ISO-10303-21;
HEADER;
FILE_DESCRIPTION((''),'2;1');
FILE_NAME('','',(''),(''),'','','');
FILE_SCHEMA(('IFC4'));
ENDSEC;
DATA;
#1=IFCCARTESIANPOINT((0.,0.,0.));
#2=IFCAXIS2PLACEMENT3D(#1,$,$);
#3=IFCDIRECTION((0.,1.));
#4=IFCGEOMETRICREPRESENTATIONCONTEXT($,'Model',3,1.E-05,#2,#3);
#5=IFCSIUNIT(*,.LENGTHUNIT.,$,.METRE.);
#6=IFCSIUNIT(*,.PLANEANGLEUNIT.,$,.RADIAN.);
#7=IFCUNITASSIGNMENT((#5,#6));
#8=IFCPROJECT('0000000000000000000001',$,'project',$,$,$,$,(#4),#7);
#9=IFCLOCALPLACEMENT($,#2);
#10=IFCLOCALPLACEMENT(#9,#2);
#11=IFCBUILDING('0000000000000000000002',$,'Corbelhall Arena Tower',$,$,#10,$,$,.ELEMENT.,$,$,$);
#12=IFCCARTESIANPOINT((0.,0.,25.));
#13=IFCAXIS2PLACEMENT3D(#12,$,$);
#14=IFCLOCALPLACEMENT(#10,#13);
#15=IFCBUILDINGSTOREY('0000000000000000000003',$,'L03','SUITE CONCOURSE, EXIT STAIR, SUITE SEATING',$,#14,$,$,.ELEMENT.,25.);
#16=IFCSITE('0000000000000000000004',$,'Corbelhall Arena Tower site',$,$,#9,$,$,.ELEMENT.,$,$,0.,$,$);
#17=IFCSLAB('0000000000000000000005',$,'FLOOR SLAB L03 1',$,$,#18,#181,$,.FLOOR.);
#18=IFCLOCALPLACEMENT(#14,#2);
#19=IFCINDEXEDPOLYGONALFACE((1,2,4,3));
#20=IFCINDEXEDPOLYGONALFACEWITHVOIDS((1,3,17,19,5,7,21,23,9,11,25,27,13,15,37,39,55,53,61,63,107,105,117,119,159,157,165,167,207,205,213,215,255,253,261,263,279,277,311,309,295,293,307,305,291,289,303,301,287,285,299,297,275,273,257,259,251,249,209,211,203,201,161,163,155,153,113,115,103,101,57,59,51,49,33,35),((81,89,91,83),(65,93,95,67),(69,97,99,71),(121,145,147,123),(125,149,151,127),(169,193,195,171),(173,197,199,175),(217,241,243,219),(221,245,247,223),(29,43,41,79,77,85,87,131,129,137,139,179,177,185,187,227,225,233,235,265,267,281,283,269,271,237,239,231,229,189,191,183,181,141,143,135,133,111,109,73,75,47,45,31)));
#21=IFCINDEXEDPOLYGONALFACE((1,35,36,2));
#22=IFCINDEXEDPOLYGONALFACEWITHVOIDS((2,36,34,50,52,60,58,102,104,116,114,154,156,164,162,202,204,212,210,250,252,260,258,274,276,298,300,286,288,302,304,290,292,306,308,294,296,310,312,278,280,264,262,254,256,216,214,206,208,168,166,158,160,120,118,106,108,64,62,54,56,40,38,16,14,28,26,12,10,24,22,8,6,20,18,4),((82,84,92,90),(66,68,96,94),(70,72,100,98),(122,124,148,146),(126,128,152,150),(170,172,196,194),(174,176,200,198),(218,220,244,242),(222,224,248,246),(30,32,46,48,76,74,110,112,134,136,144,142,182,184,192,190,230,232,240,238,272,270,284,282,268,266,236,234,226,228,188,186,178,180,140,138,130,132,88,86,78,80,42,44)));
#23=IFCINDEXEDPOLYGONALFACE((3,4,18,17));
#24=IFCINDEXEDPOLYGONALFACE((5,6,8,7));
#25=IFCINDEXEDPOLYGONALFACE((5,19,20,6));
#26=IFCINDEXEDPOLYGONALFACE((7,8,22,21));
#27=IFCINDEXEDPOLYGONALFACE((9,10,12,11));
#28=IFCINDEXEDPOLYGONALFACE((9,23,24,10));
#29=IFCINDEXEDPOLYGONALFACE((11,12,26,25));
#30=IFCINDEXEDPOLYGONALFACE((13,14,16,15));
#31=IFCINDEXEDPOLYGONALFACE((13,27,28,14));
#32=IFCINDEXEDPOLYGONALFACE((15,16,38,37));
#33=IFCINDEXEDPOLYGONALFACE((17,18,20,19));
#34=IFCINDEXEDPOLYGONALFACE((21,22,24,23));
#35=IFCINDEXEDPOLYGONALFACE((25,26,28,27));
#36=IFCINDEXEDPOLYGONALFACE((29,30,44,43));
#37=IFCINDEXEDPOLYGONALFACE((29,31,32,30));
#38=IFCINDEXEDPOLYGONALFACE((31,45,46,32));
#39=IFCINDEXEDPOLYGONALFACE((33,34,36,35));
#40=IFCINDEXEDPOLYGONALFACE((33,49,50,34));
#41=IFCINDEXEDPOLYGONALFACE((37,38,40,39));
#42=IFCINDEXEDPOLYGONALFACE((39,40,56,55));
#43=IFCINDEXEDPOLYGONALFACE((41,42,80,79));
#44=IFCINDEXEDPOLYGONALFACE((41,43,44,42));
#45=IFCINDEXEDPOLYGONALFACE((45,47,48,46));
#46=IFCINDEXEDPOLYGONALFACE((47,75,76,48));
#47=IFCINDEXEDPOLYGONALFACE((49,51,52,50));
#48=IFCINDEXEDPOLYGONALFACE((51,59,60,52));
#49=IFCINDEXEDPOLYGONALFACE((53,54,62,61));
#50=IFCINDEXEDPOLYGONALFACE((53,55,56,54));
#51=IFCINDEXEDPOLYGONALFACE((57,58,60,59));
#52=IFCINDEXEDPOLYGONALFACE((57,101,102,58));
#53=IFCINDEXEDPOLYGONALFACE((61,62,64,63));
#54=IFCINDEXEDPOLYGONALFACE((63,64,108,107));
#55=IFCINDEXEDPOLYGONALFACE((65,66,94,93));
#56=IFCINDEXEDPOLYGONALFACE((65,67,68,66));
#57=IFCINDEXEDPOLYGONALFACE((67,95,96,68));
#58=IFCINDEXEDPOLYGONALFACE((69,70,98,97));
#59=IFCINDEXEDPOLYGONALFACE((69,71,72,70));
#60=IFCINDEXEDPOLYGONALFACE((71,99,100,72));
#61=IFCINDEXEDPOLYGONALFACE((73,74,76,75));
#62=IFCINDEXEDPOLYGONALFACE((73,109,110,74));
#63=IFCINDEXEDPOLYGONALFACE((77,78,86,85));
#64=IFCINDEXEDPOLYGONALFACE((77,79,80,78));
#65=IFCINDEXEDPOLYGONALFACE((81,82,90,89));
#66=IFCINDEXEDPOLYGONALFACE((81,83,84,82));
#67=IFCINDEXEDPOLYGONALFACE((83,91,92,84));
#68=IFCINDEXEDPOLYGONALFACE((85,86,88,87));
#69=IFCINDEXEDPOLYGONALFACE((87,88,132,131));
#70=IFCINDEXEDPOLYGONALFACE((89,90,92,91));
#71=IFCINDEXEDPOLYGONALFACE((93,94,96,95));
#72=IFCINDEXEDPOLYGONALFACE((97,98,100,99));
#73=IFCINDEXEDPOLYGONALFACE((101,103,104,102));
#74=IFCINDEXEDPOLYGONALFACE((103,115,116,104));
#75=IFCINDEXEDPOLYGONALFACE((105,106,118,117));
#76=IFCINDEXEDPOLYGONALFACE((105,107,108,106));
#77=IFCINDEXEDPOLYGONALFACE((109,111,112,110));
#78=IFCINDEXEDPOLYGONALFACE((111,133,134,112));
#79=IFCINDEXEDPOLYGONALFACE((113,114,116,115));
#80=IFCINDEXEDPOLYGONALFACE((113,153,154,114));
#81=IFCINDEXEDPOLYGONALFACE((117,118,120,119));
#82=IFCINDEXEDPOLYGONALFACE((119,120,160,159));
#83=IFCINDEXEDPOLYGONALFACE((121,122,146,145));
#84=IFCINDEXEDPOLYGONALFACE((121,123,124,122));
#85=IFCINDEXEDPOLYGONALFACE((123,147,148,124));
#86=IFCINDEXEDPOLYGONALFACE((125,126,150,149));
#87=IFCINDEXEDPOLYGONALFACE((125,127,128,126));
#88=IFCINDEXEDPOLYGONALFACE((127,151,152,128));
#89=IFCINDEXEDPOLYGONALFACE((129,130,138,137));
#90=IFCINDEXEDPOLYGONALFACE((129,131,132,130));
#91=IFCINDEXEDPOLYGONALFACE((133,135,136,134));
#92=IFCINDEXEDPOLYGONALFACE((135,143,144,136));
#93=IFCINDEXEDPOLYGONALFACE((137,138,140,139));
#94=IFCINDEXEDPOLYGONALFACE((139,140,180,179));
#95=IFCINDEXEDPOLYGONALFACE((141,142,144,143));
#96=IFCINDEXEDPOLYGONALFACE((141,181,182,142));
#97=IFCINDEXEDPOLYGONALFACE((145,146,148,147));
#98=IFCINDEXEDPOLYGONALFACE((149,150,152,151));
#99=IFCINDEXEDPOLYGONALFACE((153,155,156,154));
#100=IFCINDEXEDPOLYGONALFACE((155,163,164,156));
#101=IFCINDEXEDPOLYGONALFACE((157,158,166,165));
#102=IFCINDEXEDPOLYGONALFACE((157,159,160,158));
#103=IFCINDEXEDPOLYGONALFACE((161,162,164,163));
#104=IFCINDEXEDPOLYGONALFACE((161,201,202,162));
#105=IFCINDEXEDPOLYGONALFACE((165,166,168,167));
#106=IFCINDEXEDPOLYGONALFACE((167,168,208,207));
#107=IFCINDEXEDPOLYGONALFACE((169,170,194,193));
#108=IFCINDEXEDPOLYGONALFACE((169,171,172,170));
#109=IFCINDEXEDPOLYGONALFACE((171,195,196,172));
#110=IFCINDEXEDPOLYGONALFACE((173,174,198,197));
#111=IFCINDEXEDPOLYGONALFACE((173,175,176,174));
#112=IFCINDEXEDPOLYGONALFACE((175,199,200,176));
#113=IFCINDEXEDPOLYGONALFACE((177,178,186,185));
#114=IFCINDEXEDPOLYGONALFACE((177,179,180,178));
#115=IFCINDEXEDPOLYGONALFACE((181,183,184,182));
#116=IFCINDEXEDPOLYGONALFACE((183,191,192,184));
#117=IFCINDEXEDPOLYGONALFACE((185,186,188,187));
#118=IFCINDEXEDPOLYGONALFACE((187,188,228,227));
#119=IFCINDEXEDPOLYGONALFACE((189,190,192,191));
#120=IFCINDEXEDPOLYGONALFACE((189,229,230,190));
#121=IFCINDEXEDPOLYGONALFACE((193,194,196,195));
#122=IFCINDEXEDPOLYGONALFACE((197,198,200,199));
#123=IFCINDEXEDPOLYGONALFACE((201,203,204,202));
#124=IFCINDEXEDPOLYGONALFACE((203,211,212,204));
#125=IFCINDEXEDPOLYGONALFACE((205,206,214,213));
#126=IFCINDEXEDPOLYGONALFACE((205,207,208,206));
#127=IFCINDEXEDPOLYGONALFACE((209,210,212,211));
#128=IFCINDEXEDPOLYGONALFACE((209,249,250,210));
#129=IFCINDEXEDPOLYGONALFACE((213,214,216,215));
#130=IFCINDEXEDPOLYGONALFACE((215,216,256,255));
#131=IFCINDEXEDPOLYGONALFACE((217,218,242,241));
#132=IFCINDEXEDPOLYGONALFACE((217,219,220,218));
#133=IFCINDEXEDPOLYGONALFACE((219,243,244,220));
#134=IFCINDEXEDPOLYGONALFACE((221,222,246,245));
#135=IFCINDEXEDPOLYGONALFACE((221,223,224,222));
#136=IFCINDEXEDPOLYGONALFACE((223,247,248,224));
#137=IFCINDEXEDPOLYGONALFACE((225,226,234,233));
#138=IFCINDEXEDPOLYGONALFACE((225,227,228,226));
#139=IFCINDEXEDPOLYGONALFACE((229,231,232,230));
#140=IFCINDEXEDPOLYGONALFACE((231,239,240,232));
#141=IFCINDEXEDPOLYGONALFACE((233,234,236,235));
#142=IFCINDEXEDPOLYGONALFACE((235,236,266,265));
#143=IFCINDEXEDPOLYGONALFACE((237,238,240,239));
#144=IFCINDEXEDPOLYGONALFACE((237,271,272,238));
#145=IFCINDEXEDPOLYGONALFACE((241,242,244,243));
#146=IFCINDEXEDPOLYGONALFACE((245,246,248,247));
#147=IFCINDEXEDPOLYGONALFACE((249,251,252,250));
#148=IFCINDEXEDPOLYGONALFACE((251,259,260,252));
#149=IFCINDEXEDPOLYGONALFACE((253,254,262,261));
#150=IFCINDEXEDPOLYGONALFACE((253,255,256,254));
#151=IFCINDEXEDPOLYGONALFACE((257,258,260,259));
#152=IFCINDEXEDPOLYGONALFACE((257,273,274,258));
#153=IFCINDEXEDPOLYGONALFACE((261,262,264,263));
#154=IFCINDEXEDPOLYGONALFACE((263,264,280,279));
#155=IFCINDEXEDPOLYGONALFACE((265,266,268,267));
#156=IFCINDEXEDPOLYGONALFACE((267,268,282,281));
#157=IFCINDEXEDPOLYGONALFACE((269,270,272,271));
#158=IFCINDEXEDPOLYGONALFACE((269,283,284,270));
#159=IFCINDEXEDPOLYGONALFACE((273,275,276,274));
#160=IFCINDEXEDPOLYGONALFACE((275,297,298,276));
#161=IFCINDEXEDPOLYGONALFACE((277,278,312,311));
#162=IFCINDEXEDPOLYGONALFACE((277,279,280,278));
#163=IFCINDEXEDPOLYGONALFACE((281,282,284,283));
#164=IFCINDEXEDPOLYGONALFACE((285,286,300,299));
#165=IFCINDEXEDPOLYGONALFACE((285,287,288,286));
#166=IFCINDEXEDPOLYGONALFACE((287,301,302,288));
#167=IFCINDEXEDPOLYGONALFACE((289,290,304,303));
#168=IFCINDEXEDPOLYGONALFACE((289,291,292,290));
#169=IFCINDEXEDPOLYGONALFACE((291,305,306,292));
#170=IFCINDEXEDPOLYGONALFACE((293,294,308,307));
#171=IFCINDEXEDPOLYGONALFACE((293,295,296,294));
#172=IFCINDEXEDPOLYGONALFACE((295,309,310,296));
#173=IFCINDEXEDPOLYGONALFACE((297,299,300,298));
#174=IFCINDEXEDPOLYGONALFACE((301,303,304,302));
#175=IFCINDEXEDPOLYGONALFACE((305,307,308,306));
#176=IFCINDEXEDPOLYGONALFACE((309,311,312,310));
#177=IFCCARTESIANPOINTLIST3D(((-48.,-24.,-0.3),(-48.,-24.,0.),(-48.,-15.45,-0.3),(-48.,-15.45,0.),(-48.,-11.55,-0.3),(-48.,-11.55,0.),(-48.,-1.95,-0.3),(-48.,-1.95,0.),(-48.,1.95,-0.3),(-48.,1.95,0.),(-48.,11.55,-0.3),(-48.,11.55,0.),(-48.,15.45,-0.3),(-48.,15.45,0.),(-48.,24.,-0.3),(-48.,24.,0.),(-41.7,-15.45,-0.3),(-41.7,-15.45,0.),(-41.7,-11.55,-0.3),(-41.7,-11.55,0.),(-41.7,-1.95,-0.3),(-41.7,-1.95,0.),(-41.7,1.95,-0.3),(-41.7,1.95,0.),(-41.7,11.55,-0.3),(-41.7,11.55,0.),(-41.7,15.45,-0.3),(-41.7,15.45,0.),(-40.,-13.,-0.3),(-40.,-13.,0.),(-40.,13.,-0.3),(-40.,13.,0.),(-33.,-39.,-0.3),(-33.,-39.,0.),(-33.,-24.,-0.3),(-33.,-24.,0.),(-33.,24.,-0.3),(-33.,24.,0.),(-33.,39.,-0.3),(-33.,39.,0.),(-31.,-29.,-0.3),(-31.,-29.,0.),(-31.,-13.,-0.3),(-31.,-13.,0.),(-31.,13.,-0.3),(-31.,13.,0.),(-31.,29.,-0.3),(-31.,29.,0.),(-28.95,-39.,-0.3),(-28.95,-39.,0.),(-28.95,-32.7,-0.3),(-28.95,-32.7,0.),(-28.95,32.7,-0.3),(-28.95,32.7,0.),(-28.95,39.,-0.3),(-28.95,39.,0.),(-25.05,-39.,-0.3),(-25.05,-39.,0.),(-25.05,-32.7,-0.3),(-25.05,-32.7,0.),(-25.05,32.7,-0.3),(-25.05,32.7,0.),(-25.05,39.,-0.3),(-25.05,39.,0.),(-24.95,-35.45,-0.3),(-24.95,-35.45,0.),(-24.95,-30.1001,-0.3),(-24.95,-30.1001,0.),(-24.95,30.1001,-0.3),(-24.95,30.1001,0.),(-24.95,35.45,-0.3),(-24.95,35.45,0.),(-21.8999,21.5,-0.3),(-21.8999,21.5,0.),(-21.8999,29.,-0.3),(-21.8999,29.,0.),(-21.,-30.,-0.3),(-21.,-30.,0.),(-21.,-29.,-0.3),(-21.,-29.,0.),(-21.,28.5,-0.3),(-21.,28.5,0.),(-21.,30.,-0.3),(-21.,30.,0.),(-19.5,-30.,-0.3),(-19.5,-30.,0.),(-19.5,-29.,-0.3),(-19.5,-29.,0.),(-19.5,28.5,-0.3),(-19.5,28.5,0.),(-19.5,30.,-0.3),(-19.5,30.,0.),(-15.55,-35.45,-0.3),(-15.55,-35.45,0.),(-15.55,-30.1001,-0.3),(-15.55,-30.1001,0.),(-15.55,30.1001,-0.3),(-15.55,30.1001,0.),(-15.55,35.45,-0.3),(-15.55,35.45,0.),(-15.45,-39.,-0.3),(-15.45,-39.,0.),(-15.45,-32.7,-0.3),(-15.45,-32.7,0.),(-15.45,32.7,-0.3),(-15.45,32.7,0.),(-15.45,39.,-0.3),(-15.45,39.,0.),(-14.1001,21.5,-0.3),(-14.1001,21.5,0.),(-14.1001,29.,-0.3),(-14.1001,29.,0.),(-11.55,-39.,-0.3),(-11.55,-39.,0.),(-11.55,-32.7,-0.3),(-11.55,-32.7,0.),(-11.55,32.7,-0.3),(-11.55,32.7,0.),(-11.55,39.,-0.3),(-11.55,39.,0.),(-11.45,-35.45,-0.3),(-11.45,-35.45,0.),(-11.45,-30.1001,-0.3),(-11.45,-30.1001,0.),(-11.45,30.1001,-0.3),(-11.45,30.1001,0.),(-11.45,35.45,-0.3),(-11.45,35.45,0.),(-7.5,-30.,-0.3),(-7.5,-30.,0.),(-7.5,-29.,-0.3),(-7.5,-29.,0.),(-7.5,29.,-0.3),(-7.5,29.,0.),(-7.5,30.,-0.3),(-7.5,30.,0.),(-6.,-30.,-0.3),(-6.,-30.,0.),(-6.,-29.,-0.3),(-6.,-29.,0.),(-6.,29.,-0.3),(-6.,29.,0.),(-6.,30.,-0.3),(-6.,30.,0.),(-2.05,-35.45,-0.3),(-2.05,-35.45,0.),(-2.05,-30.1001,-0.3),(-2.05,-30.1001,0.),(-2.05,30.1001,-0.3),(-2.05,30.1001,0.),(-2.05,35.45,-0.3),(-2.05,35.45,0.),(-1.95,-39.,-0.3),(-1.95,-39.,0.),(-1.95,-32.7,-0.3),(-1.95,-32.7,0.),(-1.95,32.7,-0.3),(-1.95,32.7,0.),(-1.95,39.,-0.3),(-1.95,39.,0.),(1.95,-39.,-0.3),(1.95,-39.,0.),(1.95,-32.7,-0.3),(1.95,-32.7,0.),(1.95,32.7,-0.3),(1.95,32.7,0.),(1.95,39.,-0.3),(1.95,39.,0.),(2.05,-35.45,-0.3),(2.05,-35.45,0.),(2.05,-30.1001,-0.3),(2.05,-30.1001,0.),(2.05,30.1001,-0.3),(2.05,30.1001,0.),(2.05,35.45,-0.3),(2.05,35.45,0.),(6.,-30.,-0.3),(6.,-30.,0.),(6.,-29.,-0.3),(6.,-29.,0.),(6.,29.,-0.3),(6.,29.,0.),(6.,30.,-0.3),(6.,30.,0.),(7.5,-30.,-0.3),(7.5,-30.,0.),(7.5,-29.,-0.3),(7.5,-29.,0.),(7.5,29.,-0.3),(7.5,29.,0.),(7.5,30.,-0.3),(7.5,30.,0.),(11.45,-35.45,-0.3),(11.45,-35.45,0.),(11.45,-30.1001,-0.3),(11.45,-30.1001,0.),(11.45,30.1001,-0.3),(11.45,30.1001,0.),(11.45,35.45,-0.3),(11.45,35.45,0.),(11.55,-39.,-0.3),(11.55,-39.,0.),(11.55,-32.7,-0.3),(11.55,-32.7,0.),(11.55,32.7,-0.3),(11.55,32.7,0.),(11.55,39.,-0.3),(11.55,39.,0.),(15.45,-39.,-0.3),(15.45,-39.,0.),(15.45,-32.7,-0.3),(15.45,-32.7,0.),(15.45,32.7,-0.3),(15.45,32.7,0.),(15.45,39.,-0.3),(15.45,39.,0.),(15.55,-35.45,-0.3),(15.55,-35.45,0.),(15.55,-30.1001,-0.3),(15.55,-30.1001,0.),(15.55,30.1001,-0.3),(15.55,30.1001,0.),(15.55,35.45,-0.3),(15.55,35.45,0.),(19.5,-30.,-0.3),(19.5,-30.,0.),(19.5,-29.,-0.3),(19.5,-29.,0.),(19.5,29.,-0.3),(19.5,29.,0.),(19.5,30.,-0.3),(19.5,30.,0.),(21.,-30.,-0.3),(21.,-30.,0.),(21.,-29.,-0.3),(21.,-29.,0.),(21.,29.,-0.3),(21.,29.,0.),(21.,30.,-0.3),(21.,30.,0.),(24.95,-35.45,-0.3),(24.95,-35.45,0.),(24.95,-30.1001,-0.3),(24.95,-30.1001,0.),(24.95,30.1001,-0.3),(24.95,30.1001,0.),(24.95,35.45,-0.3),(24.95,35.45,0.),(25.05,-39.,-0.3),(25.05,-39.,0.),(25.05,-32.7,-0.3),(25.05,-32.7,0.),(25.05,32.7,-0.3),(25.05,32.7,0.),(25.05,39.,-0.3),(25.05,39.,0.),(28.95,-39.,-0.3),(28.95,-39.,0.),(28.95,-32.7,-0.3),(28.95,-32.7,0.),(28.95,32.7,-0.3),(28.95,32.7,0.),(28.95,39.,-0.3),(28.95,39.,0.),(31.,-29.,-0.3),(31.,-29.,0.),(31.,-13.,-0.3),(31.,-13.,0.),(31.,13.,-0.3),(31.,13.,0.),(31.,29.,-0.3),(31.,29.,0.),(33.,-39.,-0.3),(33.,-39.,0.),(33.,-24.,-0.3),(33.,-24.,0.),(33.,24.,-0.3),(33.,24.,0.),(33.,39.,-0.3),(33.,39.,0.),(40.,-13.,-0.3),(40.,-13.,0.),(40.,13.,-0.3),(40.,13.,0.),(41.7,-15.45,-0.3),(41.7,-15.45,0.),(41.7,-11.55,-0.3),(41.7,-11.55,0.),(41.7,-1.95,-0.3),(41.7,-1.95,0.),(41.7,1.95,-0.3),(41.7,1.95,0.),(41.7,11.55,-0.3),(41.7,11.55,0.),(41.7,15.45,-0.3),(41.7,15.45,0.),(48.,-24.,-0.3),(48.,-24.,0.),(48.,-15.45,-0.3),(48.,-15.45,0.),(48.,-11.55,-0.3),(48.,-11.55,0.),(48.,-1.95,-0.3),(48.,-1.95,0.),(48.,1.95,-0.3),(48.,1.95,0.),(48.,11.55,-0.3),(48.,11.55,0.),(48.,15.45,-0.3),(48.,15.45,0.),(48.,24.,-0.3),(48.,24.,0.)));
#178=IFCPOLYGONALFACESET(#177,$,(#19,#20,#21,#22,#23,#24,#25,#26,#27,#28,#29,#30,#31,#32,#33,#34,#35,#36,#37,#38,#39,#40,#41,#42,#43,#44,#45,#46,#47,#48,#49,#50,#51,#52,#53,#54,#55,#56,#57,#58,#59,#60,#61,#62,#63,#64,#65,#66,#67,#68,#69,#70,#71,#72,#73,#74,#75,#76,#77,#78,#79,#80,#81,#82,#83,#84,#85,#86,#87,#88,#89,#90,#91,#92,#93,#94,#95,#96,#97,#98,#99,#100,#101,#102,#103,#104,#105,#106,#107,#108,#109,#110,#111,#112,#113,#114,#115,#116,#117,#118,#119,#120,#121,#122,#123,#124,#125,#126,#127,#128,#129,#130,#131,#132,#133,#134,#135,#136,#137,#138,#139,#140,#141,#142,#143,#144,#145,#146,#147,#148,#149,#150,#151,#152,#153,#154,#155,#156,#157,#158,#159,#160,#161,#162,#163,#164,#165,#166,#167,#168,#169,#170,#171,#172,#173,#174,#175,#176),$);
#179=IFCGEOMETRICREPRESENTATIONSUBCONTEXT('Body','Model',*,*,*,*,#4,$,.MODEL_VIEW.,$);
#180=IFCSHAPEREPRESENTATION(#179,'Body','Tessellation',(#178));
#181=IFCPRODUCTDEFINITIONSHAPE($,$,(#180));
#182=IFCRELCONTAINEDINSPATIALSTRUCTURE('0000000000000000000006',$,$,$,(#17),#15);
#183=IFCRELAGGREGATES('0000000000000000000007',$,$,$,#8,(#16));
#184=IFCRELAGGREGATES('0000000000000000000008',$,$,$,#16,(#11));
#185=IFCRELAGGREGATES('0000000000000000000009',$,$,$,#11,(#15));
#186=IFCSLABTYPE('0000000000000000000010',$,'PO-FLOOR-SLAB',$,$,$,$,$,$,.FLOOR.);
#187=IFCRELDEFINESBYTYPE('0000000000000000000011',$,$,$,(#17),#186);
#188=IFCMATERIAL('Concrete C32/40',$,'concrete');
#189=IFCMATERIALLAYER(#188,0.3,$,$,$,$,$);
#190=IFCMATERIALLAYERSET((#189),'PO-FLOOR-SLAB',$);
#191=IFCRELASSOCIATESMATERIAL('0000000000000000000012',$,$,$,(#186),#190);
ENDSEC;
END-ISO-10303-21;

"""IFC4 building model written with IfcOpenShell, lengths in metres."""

from ifc_helpers import new_model, si_unit, direction, frame, origin, place, context, subcontext, project, spatial, polyline, outline, extrude, material, layer, layer_set, type_object, element, save


model = new_model("IFC4")

# Units and contexts
model_context = context("Model", 3, precision=1e-05, world=origin(), true_north=direction((0.0, 1.0)))
body_context = subcontext(model_context, "Body", "Model", "MODEL_VIEW")
ifc_project = project(units=[si_unit("LENGTHUNIT", "METRE"), si_unit("PLANEANGLEUNIT", "RADIAN")], contexts=[model_context])

# Site, building, storey
site_placement = place(None, origin())
site = spatial("IfcSite", under=ifc_project, at=site_placement, Name="Corbelhall Arena Tower site", CompositionType="ELEMENT", RefElevation=0.0)
building_placement = place(site_placement, origin())
building = spatial("IfcBuilding", under=site, at=building_placement, Name="Corbelhall Arena Tower", CompositionType="ELEMENT")
storey_placement = place(building_placement, frame((0.0, 0.0, 25.0)))
storey = spatial("IfcBuildingStorey", under=building, at=storey_placement, Name="L03", Description="SUITE CONCOURSE, EXIT STAIR, SUITE SEATING", CompositionType="ELEMENT", Elevation=25.0)

# Slab
ifc_material_1 = material(Name="Concrete C32/40", Category="concrete")
ifc_layer_1 = layer(ifc_material_1, 0.3)
ifc_layer_set_1 = layer_set([ifc_layer_1], Name="PO-FLOOR-SLAB")
slab_type_1 = type_object("IfcSlabType", Name="PO-FLOOR-SLAB", PredefinedType="FLOOR", material=ifc_layer_set_1)
slab_1_placement = place(storey_placement, frame((0.0, 0.0, -0.3)))
element("IfcSlab", 1, at=slab_1_placement, inside=storey, type_object=slab_type_1, Name="FLOOR SLAB L03 1", PredefinedType="FLOOR", context=body_context, shape_type="SweptSolid", body=[
    extrude(outline(polyline([(48.0, -24.0), (33.0, -24.0), (33.0, -39.0), (28.95, -39.0), (28.95, -32.7), (25.05, -32.7), (25.05, -39.0), (15.45, -39.0), (15.45, -32.7), (11.55, -32.7), (11.55, -39.0), (1.95, -39.0), (1.95, -32.7), (-1.95, -32.7), (-1.95, -39.0), (-11.55, -39.0), (-11.55, -32.7), (-15.45, -32.7), (-15.45, -39.0), (-25.05, -39.0), (-25.05, -32.7), (-28.95, -32.7), (-28.95, -39.0), (-33.0, -39.0), (-33.0, -24.0), (-48.0, -24.0), (-48.0, -15.45), (-41.7, -15.45), (-41.7, -11.55), (-48.0, -11.55), (-48.0, -1.95), (-41.7, -1.95), (-41.7, 1.95), (-48.0, 1.95), (-48.0, 11.55), (-41.7, 11.55), (-41.7, 15.45), (-48.0, 15.45), (-48.0, 24.0), (-33.0, 24.0), (-33.0, 39.0), (-28.95, 39.0), (-28.95, 32.7), (-25.05, 32.7), (-25.05, 39.0), (-15.45, 39.0), (-15.45, 32.7), (-11.55, 32.7), (-11.55, 39.0), (-1.95, 39.0), (-1.95, 32.7), (1.95, 32.7), (1.95, 39.0), (11.55, 39.0), (11.55, 32.7), (15.45, 32.7), (15.45, 39.0), (25.05, 39.0), (25.05, 32.7), (28.95, 32.7), (28.95, 39.0), (33.0, 39.0), (33.0, 24.0), (48.0, 24.0), (48.0, 15.45), (41.7, 15.45), (41.7, 11.55), (48.0, 11.55), (48.0, 1.95), (41.7, 1.95), (41.7, -1.95), (48.0, -1.95), (48.0, -11.55), (41.7, -11.55), (41.7, -15.45), (48.0, -15.45), (48.0, -24.0)]), holes=[polyline([(-24.95, -35.45), (-15.55, -35.45), (-15.55, -30.1001), (-24.95, -30.1001), (-24.95, -35.45)]), polyline([(-11.45, -35.45), (-2.05, -35.45), (-2.05, -30.1001), (-11.45, -30.1001), (-11.45, -35.45)]), polyline([(-19.5, -30.0), (-19.5, -29.0), (-7.5, -29.0), (-7.5, -30.0), (-6.0, -30.0), (-6.0, -29.0), (6.0, -29.0), (6.0, -30.0), (7.5, -30.0), (7.5, -29.0), (19.5, -29.0), (19.5, -30.0), (21.0, -30.0), (21.0, -29.0), (31.0, -29.0), (31.0, -13.0), (40.0, -13.0), (40.0, 13.0), (31.0, 13.0), (31.0, 29.0), (21.0, 29.0), (21.0, 30.0), (19.5, 30.0), (19.5, 29.0), (7.5, 29.0), (7.5, 30.0), (6.0, 30.0), (6.0, 29.0), (-6.0, 29.0), (-6.0, 30.0), (-7.5, 30.0), (-7.5, 29.0), (-14.1001, 29.0), (-14.1001, 21.5), (-21.8999, 21.5), (-21.8999, 29.0), (-31.0, 29.0), (-31.0, 13.0), (-40.0, 13.0), (-40.0, -13.0), (-31.0, -13.0), (-31.0, -29.0), (-21.0, -29.0), (-21.0, -30.0), (-19.5, -30.0)]), polyline([(-19.5, 28.5), (-19.5, 30.0), (-21.0, 30.0), (-21.0, 28.5), (-19.5, 28.5)]), polyline([(-24.95, 30.1001), (-15.55, 30.1001), (-15.55, 35.45), (-24.95, 35.45), (-24.95, 30.1001)]), polyline([(-11.45, 30.1001), (-2.05, 30.1001), (-2.05, 35.45), (-11.45, 35.45), (-11.45, 30.1001)]), polyline([(2.05, -35.45), (11.45, -35.45), (11.45, -30.1001), (2.05, -30.1001), (2.05, -35.45)]), polyline([(15.55, -35.45), (24.95, -35.45), (24.95, -30.1001), (15.55, -30.1001), (15.55, -35.45)]), polyline([(15.55, 30.1001), (24.95, 30.1001), (24.95, 35.45), (15.55, 35.45), (15.55, 30.1001)]), polyline([(2.05, 30.1001), (11.45, 30.1001), (11.45, 35.45), (2.05, 35.45), (2.05, 30.1001)])]), origin(), (0.0, 0.0, 1.0), 0.3),
])

save(model, "model.ifc")
